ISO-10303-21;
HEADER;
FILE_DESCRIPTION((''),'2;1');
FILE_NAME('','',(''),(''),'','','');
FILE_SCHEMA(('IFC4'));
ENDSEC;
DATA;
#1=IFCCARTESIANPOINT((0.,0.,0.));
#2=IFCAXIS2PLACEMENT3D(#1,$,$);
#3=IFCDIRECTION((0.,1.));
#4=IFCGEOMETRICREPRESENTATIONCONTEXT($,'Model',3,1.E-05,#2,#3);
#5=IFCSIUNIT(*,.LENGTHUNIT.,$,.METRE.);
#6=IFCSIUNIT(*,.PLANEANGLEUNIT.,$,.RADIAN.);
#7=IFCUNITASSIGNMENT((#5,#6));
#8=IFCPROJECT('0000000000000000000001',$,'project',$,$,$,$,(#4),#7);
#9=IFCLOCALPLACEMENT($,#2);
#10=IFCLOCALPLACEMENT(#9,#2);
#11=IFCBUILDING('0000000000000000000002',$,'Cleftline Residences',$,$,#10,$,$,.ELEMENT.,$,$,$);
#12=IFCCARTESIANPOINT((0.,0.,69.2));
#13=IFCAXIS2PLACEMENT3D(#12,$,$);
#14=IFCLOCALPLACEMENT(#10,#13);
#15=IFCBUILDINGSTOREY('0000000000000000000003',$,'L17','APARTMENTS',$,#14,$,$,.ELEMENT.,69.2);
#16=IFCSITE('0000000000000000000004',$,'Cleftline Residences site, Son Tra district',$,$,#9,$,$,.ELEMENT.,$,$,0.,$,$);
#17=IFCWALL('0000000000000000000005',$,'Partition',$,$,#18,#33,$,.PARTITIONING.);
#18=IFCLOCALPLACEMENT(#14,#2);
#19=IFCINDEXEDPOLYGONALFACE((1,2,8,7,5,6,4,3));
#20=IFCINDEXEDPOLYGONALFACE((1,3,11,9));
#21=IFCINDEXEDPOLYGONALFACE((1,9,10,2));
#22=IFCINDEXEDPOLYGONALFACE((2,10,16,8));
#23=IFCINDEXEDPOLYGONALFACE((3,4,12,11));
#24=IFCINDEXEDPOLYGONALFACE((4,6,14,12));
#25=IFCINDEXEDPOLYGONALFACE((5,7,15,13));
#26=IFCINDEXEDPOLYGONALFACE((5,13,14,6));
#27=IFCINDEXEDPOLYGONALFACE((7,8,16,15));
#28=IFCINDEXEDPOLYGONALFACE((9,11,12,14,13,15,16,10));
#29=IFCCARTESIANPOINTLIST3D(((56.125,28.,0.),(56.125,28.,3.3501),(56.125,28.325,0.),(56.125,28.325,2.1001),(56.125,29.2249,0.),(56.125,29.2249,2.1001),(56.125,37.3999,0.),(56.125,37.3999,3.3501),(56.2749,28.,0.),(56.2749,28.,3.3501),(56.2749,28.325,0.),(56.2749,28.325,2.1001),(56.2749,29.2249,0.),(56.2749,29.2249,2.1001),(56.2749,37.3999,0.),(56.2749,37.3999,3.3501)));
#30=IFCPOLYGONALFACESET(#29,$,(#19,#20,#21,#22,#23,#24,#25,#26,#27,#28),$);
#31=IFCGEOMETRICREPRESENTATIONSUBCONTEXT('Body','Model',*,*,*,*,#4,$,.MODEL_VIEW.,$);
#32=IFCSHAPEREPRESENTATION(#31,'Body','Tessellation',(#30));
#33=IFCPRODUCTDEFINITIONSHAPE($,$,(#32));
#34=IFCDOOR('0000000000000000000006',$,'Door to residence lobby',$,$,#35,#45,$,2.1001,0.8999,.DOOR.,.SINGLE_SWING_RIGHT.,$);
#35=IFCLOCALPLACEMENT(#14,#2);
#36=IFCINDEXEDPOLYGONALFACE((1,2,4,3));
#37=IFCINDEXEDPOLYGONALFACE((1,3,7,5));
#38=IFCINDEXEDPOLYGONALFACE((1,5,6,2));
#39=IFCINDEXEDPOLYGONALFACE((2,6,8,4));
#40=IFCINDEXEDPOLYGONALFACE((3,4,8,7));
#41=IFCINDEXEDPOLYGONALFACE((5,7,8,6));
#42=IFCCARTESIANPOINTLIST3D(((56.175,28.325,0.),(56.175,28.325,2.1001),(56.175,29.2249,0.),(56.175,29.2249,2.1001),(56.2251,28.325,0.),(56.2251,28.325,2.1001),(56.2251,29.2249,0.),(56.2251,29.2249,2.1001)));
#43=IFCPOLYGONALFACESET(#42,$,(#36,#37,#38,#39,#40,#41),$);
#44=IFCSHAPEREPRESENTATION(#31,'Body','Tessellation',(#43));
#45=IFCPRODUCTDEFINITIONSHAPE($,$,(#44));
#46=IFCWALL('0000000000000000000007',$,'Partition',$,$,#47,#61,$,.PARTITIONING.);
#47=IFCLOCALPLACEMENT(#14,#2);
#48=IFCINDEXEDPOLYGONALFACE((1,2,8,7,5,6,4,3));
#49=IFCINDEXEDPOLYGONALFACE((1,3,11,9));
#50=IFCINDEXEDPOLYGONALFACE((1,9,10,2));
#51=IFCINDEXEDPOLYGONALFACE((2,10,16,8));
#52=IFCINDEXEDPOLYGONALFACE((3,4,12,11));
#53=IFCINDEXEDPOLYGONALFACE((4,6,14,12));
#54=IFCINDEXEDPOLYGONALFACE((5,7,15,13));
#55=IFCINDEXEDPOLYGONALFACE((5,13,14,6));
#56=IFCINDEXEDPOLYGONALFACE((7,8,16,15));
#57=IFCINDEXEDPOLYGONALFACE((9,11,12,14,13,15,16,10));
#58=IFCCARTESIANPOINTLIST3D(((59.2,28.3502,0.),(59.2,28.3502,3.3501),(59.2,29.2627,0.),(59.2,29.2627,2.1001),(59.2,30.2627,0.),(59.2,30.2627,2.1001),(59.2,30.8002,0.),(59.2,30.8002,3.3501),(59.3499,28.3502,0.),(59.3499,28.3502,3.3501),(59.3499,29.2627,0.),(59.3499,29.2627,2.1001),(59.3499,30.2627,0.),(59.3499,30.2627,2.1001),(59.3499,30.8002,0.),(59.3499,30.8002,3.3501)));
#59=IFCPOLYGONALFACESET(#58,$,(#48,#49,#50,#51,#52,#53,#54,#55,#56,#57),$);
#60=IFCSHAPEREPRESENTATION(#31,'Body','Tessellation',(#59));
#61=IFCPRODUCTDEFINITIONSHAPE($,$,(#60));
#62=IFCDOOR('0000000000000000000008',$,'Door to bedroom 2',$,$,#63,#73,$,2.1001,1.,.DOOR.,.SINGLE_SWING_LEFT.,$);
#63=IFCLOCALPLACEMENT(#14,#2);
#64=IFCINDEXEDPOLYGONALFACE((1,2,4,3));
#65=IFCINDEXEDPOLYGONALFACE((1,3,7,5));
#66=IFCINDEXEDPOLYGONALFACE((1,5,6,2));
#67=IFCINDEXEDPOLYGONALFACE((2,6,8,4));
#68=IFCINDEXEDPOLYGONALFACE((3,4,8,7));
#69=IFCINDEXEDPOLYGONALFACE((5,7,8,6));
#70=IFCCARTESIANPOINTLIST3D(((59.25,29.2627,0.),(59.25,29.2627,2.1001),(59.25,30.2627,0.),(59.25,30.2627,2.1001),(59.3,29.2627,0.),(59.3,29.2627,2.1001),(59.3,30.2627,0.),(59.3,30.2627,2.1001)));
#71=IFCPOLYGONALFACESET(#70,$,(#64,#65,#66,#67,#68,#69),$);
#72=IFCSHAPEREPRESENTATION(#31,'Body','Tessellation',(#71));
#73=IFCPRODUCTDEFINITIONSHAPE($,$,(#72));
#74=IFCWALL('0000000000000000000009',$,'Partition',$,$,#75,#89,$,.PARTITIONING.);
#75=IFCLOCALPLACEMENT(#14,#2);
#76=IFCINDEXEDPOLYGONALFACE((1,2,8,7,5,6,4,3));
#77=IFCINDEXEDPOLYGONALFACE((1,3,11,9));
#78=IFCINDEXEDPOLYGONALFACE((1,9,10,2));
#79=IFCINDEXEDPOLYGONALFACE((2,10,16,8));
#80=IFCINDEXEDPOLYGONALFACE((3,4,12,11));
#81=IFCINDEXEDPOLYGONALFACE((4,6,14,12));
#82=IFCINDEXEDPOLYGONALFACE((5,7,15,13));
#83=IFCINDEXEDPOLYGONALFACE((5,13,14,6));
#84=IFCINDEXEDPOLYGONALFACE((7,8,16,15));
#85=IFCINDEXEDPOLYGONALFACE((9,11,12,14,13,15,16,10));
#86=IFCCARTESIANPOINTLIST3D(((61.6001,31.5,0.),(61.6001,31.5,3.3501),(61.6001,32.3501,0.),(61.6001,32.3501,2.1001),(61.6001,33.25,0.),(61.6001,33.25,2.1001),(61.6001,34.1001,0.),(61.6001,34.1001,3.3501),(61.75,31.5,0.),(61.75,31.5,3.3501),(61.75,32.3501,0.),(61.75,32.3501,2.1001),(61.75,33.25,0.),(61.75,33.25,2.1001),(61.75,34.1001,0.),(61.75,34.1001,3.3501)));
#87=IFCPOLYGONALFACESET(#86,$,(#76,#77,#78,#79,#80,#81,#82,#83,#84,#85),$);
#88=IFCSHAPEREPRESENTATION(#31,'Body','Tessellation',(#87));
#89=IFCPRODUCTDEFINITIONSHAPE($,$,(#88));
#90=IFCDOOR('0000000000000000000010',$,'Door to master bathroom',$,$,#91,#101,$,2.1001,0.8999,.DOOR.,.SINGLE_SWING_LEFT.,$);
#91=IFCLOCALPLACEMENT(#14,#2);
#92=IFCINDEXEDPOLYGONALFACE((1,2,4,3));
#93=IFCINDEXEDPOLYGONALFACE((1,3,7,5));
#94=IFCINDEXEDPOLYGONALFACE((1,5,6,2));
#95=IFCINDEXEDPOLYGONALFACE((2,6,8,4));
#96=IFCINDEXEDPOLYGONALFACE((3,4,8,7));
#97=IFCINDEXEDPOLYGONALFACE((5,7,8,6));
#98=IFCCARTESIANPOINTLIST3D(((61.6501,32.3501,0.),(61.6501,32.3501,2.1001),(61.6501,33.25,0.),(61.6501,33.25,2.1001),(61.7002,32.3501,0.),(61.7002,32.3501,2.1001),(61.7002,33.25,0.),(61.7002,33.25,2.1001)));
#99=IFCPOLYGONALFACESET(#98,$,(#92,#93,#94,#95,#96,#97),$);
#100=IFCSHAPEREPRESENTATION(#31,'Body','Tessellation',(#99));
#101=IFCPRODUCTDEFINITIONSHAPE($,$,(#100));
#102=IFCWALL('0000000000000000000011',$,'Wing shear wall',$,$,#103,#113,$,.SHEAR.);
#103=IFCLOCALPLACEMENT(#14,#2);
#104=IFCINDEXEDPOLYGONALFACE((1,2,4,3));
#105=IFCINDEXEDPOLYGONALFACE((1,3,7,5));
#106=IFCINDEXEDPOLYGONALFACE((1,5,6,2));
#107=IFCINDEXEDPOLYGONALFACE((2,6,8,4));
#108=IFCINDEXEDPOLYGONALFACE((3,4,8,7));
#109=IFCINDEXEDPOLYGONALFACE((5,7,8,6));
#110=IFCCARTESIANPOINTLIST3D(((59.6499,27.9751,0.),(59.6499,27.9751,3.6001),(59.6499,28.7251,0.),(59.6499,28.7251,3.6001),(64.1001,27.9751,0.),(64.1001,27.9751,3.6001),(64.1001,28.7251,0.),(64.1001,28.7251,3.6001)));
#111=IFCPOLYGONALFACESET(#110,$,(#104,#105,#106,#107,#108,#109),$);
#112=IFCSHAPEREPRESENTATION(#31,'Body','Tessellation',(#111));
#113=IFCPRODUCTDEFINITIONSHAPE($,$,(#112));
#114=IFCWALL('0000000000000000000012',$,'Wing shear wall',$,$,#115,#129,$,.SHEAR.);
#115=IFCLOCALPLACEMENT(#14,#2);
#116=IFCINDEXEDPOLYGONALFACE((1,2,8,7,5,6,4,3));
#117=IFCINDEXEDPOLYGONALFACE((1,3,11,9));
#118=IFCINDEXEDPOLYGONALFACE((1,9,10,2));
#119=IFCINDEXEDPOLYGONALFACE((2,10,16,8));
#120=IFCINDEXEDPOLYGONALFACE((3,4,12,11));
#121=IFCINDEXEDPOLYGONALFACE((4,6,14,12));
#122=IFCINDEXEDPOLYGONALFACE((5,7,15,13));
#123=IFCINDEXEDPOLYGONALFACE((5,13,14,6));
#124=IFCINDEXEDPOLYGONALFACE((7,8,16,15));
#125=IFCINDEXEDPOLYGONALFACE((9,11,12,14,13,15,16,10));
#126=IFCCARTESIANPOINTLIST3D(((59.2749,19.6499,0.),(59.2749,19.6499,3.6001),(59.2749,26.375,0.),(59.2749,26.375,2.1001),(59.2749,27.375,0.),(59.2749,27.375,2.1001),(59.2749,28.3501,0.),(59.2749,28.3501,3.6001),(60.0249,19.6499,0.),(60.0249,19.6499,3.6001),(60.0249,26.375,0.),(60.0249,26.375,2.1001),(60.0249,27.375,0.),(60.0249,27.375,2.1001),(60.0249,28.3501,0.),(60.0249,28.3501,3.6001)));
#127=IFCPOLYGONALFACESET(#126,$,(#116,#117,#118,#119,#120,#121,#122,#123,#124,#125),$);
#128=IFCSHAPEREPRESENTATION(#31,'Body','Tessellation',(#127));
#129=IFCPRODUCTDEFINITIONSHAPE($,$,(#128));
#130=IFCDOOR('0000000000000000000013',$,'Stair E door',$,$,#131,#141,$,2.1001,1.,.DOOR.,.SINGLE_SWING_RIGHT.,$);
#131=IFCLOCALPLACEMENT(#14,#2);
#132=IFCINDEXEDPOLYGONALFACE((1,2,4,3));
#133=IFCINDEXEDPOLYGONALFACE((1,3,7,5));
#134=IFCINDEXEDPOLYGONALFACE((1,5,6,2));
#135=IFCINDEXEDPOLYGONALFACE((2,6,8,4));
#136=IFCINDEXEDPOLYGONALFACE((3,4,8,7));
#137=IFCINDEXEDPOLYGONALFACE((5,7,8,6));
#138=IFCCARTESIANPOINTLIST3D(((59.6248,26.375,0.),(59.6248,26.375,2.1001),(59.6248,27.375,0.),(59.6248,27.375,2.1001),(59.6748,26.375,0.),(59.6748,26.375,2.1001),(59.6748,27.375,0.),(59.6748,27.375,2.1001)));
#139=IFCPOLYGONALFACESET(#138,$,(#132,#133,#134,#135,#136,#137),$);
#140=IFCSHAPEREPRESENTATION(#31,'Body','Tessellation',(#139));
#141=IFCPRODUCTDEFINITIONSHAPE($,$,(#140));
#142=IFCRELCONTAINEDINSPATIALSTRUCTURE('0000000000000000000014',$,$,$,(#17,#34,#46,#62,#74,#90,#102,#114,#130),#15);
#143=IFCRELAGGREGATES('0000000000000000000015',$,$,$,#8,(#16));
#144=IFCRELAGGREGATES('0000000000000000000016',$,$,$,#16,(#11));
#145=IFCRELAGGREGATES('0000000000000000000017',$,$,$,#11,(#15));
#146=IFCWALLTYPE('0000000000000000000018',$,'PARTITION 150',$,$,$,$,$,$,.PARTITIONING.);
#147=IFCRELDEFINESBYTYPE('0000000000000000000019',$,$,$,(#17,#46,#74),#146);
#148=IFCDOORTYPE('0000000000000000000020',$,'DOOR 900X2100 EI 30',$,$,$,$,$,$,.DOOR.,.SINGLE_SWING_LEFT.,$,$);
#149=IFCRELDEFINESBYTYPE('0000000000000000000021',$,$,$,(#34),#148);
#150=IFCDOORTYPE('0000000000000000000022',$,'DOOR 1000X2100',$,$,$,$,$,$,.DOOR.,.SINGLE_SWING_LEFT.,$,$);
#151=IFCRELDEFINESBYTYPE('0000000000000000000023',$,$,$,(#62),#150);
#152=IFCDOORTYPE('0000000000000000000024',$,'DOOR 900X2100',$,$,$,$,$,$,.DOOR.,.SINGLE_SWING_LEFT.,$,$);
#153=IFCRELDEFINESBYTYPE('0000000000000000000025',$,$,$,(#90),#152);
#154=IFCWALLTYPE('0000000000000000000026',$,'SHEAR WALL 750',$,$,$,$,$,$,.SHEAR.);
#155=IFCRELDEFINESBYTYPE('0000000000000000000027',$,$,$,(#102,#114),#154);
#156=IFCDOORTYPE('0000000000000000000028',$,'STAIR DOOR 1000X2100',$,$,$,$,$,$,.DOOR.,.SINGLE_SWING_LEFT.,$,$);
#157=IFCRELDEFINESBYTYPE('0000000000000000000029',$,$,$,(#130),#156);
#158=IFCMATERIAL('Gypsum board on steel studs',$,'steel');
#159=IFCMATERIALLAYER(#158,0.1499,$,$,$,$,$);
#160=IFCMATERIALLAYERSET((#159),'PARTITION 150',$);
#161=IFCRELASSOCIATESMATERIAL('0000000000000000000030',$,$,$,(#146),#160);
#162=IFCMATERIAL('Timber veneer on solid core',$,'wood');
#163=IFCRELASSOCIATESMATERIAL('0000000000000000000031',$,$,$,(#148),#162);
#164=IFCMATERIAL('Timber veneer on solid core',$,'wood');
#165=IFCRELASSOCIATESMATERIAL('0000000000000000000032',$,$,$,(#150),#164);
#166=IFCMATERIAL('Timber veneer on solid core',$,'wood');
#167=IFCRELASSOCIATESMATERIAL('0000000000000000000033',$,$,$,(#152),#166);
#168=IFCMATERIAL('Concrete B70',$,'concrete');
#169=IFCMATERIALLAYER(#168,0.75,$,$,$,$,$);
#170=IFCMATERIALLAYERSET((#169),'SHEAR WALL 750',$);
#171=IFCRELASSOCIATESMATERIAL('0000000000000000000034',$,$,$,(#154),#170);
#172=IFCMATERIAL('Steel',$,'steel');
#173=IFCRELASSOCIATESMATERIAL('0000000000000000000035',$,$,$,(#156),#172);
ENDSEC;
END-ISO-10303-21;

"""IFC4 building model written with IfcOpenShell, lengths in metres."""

from ifc_helpers import new_model, si_unit, direction, frame, frame_2d, origin, place, context, subcontext, project, spatial, rectangle, extrude, material, layer, layer_set, type_object, element, fill, save


model = new_model("IFC4")

# Units and contexts
model_context = context("Model", 3, precision=1e-05, world=origin(), true_north=direction((0.0, 1.0)))
body_context = subcontext(model_context, "Body", "Model", "MODEL_VIEW")
ifc_project = project(units=[si_unit("LENGTHUNIT", "METRE"), si_unit("PLANEANGLEUNIT", "RADIAN")], contexts=[model_context])

# Site, building, storey
site_placement = place(None, origin())
site = spatial("IfcSite", under=ifc_project, at=site_placement, Name="Cleftline Residences site, Son Tra district", CompositionType="ELEMENT", RefElevation=0.0)
building_placement = place(site_placement, origin())
building = spatial("IfcBuilding", under=site, at=building_placement, Name="Cleftline Residences", CompositionType="ELEMENT")
storey_placement = place(building_placement, frame((0.0, 0.0, 69.2)))
storey = spatial("IfcBuildingStorey", under=building, at=storey_placement, Name="L17", Description="APARTMENTS", CompositionType="ELEMENT", Elevation=69.2)

# Shared definitions
ifc_material_1 = material(Name="Gypsum board on steel studs", Category="steel")
ifc_layer_1 = layer(ifc_material_1, 0.1499)
ifc_layer_set_1 = layer_set([ifc_layer_1], Name="PARTITION 150")
wall_type_1 = type_object("IfcWallType", Name="PARTITION 150", PredefinedType="PARTITIONING", material=ifc_layer_set_1)

# Walls, openings, doors
wall_1_placement = place(storey_placement, frame((56.2, 28.0, 0.0), z_axis=(0.0, 0.0, 1.0), x_axis=(0.0, 1.0, 0.0)))
wall_1 = element("IfcWall", 1, at=wall_1_placement, inside=storey, type_object=wall_type_1, Name="Partition", PredefinedType="PARTITIONING", context=body_context, shape_type="SweptSolid", body=[
    extrude(rectangle(XDim=9.3999, YDim=0.1499, at=frame_2d((4.7, 0.0))), origin(), (0.0, 0.0, 1.0), 3.3501),
])
opening_1_placement = place(wall_1_placement, frame((0.325, 0.0, 0.0)))
opening_1 = element("IfcOpeningElement", 2, at=opening_1_placement, cuts=wall_1, PredefinedType="OPENING", context=body_context, shape_type="SweptSolid", body=[
    extrude(rectangle(XDim=0.8999, YDim=2.1001, at=frame_2d((0.45, 1.05))), frame((0.0, 0.085, 0.0), z_axis=(0.0, -1.0, 0.0), x_axis=(1.0, 0.0, 0.0)), (0.0, 0.0, 1.0), 0.1699),
])
ifc_material_2 = material(Name="Timber veneer on solid core", Category="wood")
door_type_1 = type_object("IfcDoorType", Name="DOOR 900X2100 EI 30", OperationType="SINGLE_SWING_LEFT", PredefinedType="DOOR", material=ifc_material_2)
door_1_placement = place(opening_1_placement, origin())
door_1 = element("IfcDoor", 3, at=door_1_placement, inside=storey, type_object=door_type_1, Name="Door to residence lobby", OperationType="SINGLE_SWING_RIGHT", OverallHeight=2.1001, OverallWidth=0.8999, PredefinedType="DOOR", context=body_context, shape_type="SweptSolid", body=[
    extrude(rectangle(XDim=0.8999, YDim=2.1001, at=frame_2d((0.45, 1.05))), frame((0.0, 0.0249, 0.0), z_axis=(0.0, -1.0, 0.0), x_axis=(1.0, 0.0, 0.0)), (0.0, 0.0, 1.0), 0.05),
])
fill(opening_1, door_1)
wall_2_placement = place(storey_placement, frame((59.2749, 28.3501, 0.0), z_axis=(0.0, 0.0, 1.0), x_axis=(0.0, 1.0, 0.0)))
wall_2 = element("IfcWall", 4, at=wall_2_placement, inside=storey, type_object=wall_type_1, Name="Partition", PredefinedType="PARTITIONING", context=body_context, shape_type="SweptSolid", body=[
    extrude(rectangle(XDim=2.45, YDim=0.1499, at=frame_2d((1.2251, 0.0))), origin(), (0.0, 0.0, 1.0), 3.3501),
])
opening_2_placement = place(wall_2_placement, frame((0.9126, 0.0, 0.0)))
opening_2 = element("IfcOpeningElement", 5, at=opening_2_placement, cuts=wall_2, PredefinedType="OPENING", context=body_context, shape_type="SweptSolid", body=[
    extrude(rectangle(XDim=1.0, YDim=2.1001, at=frame_2d((0.5, 1.05))), frame((0.0, 0.085, 0.0), z_axis=(0.0, -1.0, 0.0), x_axis=(1.0, 0.0, 0.0)), (0.0, 0.0, 1.0), 0.1699),
])
ifc_material_3 = material(Name="Timber veneer on solid core", Category="wood")
door_type_2 = type_object("IfcDoorType", Name="DOOR 1000X2100", OperationType="SINGLE_SWING_LEFT", PredefinedType="DOOR", material=ifc_material_3)
door_2_placement = place(opening_2_placement, origin())
door_2 = element("IfcDoor", 6, at=door_2_placement, inside=storey, type_object=door_type_2, Name="Door to bedroom 2", OperationType="SINGLE_SWING_LEFT", OverallHeight=2.1001, OverallWidth=1.0, PredefinedType="DOOR", context=body_context, shape_type="SweptSolid", body=[
    extrude(rectangle(XDim=1.0, YDim=2.1001, at=frame_2d((0.5, 1.05))), frame((0.0, 0.0249, 0.0), z_axis=(0.0, -1.0, 0.0), x_axis=(1.0, 0.0, 0.0)), (0.0, 0.0, 1.0), 0.05),
])
fill(opening_2, door_2)
wall_3_placement = place(storey_placement, frame((61.675, 31.5, 0.0), z_axis=(0.0, 0.0, 1.0), x_axis=(0.0, 1.0, 0.0)))
wall_3 = element("IfcWall", 7, at=wall_3_placement, inside=storey, type_object=wall_type_1, Name="Partition", PredefinedType="PARTITIONING", context=body_context, shape_type="SweptSolid", body=[
    extrude(rectangle(XDim=2.6001, YDim=0.1499, at=frame_2d((1.3, 0.0))), origin(), (0.0, 0.0, 1.0), 3.3501),
])
opening_3_placement = place(wall_3_placement, frame((0.8501, 0.0, 0.0)))
opening_3 = element("IfcOpeningElement", 8, at=opening_3_placement, cuts=wall_3, PredefinedType="OPENING", context=body_context, shape_type="SweptSolid", body=[
    extrude(rectangle(XDim=0.8999, YDim=2.1001, at=frame_2d((0.45, 1.05))), frame((0.0, 0.085, 0.0), z_axis=(0.0, -1.0, 0.0), x_axis=(1.0, 0.0, 0.0)), (0.0, 0.0, 1.0), 0.1699),
])
ifc_material_4 = material(Name="Timber veneer on solid core", Category="wood")
door_type_3 = type_object("IfcDoorType", Name="DOOR 900X2100", OperationType="SINGLE_SWING_LEFT", PredefinedType="DOOR", material=ifc_material_4)
door_3_placement = place(opening_3_placement, origin())
door_3 = element("IfcDoor", 9, at=door_3_placement, inside=storey, type_object=door_type_3, Name="Door to master bathroom", OperationType="SINGLE_SWING_LEFT", OverallHeight=2.1001, OverallWidth=0.8999, PredefinedType="DOOR", context=body_context, shape_type="SweptSolid", body=[
    extrude(rectangle(XDim=0.8999, YDim=2.1001, at=frame_2d((0.45, 1.05))), frame((0.0, 0.0249, 0.0), z_axis=(0.0, -1.0, 0.0), x_axis=(1.0, 0.0, 0.0)), (0.0, 0.0, 1.0), 0.05),
])
fill(opening_3, door_3)

# Wall
ifc_material_5 = material(Name="Concrete B70", Category="concrete")
ifc_layer_2 = layer(ifc_material_5, 0.75)
ifc_layer_set_2 = layer_set([ifc_layer_2], Name="SHEAR WALL 750")
wall_type_2 = type_object("IfcWallType", Name="SHEAR WALL 750", PredefinedType="SHEAR", material=ifc_layer_set_2)
wall_4_placement = place(storey_placement, frame((64.1001, 28.3501, 0.0), z_axis=(0.0, 0.0, 1.0), x_axis=(-1.0, 0.0, 0.0)))
element("IfcWall", 10, at=wall_4_placement, inside=storey, type_object=wall_type_2, Name="Wing shear wall", PredefinedType="SHEAR", context=body_context, shape_type="SweptSolid", body=[
    extrude(rectangle(XDim=4.4502, YDim=0.75, at=frame_2d((2.2251, 0.0))), origin(), (0.0, 0.0, 1.0), 3.6001),
])

# Wall, opening, door
wall_5_placement = place(storey_placement, frame((59.6499, 28.3501, 0.0), z_axis=(0.0, 0.0, 1.0), x_axis=(0.0, -1.0, 0.0)))
wall_5 = element("IfcWall", 11, at=wall_5_placement, inside=storey, type_object=wall_type_2, Name="Wing shear wall", PredefinedType="SHEAR", context=body_context, shape_type="SweptSolid", body=[
    extrude(rectangle(XDim=8.7002, YDim=0.75, at=frame_2d((4.3501, 0.0))), origin(), (0.0, 0.0, 1.0), 3.6001),
])
opening_4_placement = place(wall_5_placement, frame((0.9751, 0.0, 0.0)))
opening_4 = element("IfcOpeningElement", 12, at=opening_4_placement, cuts=wall_5, PredefinedType="OPENING", context=body_context, shape_type="SweptSolid", body=[
    extrude(rectangle(XDim=1.0, YDim=2.1001, at=frame_2d((0.5, 1.05))), frame((0.0, 0.385, 0.0), z_axis=(0.0, -1.0, 0.0), x_axis=(1.0, 0.0, 0.0)), (0.0, 0.0, 1.0), 0.77),
])
ifc_material_6 = material(Name="Steel", Category="steel")
door_type_4 = type_object("IfcDoorType", Name="STAIR DOOR 1000X2100", OperationType="SINGLE_SWING_LEFT", PredefinedType="DOOR", material=ifc_material_6)
door_4_placement = place(opening_4_placement, origin())
door_4 = element("IfcDoor", 13, at=door_4_placement, inside=storey, type_object=door_type_4, Name="Stair E door", OperationType="SINGLE_SWING_RIGHT", OverallHeight=2.1001, OverallWidth=1.0, PredefinedType="DOOR", context=body_context, shape_type="SweptSolid", body=[
    extrude(rectangle(XDim=1.0, YDim=2.1001, at=frame_2d((0.5, 1.05))), frame((0.0, 0.0249, 0.0), z_axis=(0.0, -1.0, 0.0), x_axis=(1.0, 0.0, 0.0)), (0.0, 0.0, 1.0), 0.05),
])
fill(opening_4, door_4)

save(model, "model.ifc")
